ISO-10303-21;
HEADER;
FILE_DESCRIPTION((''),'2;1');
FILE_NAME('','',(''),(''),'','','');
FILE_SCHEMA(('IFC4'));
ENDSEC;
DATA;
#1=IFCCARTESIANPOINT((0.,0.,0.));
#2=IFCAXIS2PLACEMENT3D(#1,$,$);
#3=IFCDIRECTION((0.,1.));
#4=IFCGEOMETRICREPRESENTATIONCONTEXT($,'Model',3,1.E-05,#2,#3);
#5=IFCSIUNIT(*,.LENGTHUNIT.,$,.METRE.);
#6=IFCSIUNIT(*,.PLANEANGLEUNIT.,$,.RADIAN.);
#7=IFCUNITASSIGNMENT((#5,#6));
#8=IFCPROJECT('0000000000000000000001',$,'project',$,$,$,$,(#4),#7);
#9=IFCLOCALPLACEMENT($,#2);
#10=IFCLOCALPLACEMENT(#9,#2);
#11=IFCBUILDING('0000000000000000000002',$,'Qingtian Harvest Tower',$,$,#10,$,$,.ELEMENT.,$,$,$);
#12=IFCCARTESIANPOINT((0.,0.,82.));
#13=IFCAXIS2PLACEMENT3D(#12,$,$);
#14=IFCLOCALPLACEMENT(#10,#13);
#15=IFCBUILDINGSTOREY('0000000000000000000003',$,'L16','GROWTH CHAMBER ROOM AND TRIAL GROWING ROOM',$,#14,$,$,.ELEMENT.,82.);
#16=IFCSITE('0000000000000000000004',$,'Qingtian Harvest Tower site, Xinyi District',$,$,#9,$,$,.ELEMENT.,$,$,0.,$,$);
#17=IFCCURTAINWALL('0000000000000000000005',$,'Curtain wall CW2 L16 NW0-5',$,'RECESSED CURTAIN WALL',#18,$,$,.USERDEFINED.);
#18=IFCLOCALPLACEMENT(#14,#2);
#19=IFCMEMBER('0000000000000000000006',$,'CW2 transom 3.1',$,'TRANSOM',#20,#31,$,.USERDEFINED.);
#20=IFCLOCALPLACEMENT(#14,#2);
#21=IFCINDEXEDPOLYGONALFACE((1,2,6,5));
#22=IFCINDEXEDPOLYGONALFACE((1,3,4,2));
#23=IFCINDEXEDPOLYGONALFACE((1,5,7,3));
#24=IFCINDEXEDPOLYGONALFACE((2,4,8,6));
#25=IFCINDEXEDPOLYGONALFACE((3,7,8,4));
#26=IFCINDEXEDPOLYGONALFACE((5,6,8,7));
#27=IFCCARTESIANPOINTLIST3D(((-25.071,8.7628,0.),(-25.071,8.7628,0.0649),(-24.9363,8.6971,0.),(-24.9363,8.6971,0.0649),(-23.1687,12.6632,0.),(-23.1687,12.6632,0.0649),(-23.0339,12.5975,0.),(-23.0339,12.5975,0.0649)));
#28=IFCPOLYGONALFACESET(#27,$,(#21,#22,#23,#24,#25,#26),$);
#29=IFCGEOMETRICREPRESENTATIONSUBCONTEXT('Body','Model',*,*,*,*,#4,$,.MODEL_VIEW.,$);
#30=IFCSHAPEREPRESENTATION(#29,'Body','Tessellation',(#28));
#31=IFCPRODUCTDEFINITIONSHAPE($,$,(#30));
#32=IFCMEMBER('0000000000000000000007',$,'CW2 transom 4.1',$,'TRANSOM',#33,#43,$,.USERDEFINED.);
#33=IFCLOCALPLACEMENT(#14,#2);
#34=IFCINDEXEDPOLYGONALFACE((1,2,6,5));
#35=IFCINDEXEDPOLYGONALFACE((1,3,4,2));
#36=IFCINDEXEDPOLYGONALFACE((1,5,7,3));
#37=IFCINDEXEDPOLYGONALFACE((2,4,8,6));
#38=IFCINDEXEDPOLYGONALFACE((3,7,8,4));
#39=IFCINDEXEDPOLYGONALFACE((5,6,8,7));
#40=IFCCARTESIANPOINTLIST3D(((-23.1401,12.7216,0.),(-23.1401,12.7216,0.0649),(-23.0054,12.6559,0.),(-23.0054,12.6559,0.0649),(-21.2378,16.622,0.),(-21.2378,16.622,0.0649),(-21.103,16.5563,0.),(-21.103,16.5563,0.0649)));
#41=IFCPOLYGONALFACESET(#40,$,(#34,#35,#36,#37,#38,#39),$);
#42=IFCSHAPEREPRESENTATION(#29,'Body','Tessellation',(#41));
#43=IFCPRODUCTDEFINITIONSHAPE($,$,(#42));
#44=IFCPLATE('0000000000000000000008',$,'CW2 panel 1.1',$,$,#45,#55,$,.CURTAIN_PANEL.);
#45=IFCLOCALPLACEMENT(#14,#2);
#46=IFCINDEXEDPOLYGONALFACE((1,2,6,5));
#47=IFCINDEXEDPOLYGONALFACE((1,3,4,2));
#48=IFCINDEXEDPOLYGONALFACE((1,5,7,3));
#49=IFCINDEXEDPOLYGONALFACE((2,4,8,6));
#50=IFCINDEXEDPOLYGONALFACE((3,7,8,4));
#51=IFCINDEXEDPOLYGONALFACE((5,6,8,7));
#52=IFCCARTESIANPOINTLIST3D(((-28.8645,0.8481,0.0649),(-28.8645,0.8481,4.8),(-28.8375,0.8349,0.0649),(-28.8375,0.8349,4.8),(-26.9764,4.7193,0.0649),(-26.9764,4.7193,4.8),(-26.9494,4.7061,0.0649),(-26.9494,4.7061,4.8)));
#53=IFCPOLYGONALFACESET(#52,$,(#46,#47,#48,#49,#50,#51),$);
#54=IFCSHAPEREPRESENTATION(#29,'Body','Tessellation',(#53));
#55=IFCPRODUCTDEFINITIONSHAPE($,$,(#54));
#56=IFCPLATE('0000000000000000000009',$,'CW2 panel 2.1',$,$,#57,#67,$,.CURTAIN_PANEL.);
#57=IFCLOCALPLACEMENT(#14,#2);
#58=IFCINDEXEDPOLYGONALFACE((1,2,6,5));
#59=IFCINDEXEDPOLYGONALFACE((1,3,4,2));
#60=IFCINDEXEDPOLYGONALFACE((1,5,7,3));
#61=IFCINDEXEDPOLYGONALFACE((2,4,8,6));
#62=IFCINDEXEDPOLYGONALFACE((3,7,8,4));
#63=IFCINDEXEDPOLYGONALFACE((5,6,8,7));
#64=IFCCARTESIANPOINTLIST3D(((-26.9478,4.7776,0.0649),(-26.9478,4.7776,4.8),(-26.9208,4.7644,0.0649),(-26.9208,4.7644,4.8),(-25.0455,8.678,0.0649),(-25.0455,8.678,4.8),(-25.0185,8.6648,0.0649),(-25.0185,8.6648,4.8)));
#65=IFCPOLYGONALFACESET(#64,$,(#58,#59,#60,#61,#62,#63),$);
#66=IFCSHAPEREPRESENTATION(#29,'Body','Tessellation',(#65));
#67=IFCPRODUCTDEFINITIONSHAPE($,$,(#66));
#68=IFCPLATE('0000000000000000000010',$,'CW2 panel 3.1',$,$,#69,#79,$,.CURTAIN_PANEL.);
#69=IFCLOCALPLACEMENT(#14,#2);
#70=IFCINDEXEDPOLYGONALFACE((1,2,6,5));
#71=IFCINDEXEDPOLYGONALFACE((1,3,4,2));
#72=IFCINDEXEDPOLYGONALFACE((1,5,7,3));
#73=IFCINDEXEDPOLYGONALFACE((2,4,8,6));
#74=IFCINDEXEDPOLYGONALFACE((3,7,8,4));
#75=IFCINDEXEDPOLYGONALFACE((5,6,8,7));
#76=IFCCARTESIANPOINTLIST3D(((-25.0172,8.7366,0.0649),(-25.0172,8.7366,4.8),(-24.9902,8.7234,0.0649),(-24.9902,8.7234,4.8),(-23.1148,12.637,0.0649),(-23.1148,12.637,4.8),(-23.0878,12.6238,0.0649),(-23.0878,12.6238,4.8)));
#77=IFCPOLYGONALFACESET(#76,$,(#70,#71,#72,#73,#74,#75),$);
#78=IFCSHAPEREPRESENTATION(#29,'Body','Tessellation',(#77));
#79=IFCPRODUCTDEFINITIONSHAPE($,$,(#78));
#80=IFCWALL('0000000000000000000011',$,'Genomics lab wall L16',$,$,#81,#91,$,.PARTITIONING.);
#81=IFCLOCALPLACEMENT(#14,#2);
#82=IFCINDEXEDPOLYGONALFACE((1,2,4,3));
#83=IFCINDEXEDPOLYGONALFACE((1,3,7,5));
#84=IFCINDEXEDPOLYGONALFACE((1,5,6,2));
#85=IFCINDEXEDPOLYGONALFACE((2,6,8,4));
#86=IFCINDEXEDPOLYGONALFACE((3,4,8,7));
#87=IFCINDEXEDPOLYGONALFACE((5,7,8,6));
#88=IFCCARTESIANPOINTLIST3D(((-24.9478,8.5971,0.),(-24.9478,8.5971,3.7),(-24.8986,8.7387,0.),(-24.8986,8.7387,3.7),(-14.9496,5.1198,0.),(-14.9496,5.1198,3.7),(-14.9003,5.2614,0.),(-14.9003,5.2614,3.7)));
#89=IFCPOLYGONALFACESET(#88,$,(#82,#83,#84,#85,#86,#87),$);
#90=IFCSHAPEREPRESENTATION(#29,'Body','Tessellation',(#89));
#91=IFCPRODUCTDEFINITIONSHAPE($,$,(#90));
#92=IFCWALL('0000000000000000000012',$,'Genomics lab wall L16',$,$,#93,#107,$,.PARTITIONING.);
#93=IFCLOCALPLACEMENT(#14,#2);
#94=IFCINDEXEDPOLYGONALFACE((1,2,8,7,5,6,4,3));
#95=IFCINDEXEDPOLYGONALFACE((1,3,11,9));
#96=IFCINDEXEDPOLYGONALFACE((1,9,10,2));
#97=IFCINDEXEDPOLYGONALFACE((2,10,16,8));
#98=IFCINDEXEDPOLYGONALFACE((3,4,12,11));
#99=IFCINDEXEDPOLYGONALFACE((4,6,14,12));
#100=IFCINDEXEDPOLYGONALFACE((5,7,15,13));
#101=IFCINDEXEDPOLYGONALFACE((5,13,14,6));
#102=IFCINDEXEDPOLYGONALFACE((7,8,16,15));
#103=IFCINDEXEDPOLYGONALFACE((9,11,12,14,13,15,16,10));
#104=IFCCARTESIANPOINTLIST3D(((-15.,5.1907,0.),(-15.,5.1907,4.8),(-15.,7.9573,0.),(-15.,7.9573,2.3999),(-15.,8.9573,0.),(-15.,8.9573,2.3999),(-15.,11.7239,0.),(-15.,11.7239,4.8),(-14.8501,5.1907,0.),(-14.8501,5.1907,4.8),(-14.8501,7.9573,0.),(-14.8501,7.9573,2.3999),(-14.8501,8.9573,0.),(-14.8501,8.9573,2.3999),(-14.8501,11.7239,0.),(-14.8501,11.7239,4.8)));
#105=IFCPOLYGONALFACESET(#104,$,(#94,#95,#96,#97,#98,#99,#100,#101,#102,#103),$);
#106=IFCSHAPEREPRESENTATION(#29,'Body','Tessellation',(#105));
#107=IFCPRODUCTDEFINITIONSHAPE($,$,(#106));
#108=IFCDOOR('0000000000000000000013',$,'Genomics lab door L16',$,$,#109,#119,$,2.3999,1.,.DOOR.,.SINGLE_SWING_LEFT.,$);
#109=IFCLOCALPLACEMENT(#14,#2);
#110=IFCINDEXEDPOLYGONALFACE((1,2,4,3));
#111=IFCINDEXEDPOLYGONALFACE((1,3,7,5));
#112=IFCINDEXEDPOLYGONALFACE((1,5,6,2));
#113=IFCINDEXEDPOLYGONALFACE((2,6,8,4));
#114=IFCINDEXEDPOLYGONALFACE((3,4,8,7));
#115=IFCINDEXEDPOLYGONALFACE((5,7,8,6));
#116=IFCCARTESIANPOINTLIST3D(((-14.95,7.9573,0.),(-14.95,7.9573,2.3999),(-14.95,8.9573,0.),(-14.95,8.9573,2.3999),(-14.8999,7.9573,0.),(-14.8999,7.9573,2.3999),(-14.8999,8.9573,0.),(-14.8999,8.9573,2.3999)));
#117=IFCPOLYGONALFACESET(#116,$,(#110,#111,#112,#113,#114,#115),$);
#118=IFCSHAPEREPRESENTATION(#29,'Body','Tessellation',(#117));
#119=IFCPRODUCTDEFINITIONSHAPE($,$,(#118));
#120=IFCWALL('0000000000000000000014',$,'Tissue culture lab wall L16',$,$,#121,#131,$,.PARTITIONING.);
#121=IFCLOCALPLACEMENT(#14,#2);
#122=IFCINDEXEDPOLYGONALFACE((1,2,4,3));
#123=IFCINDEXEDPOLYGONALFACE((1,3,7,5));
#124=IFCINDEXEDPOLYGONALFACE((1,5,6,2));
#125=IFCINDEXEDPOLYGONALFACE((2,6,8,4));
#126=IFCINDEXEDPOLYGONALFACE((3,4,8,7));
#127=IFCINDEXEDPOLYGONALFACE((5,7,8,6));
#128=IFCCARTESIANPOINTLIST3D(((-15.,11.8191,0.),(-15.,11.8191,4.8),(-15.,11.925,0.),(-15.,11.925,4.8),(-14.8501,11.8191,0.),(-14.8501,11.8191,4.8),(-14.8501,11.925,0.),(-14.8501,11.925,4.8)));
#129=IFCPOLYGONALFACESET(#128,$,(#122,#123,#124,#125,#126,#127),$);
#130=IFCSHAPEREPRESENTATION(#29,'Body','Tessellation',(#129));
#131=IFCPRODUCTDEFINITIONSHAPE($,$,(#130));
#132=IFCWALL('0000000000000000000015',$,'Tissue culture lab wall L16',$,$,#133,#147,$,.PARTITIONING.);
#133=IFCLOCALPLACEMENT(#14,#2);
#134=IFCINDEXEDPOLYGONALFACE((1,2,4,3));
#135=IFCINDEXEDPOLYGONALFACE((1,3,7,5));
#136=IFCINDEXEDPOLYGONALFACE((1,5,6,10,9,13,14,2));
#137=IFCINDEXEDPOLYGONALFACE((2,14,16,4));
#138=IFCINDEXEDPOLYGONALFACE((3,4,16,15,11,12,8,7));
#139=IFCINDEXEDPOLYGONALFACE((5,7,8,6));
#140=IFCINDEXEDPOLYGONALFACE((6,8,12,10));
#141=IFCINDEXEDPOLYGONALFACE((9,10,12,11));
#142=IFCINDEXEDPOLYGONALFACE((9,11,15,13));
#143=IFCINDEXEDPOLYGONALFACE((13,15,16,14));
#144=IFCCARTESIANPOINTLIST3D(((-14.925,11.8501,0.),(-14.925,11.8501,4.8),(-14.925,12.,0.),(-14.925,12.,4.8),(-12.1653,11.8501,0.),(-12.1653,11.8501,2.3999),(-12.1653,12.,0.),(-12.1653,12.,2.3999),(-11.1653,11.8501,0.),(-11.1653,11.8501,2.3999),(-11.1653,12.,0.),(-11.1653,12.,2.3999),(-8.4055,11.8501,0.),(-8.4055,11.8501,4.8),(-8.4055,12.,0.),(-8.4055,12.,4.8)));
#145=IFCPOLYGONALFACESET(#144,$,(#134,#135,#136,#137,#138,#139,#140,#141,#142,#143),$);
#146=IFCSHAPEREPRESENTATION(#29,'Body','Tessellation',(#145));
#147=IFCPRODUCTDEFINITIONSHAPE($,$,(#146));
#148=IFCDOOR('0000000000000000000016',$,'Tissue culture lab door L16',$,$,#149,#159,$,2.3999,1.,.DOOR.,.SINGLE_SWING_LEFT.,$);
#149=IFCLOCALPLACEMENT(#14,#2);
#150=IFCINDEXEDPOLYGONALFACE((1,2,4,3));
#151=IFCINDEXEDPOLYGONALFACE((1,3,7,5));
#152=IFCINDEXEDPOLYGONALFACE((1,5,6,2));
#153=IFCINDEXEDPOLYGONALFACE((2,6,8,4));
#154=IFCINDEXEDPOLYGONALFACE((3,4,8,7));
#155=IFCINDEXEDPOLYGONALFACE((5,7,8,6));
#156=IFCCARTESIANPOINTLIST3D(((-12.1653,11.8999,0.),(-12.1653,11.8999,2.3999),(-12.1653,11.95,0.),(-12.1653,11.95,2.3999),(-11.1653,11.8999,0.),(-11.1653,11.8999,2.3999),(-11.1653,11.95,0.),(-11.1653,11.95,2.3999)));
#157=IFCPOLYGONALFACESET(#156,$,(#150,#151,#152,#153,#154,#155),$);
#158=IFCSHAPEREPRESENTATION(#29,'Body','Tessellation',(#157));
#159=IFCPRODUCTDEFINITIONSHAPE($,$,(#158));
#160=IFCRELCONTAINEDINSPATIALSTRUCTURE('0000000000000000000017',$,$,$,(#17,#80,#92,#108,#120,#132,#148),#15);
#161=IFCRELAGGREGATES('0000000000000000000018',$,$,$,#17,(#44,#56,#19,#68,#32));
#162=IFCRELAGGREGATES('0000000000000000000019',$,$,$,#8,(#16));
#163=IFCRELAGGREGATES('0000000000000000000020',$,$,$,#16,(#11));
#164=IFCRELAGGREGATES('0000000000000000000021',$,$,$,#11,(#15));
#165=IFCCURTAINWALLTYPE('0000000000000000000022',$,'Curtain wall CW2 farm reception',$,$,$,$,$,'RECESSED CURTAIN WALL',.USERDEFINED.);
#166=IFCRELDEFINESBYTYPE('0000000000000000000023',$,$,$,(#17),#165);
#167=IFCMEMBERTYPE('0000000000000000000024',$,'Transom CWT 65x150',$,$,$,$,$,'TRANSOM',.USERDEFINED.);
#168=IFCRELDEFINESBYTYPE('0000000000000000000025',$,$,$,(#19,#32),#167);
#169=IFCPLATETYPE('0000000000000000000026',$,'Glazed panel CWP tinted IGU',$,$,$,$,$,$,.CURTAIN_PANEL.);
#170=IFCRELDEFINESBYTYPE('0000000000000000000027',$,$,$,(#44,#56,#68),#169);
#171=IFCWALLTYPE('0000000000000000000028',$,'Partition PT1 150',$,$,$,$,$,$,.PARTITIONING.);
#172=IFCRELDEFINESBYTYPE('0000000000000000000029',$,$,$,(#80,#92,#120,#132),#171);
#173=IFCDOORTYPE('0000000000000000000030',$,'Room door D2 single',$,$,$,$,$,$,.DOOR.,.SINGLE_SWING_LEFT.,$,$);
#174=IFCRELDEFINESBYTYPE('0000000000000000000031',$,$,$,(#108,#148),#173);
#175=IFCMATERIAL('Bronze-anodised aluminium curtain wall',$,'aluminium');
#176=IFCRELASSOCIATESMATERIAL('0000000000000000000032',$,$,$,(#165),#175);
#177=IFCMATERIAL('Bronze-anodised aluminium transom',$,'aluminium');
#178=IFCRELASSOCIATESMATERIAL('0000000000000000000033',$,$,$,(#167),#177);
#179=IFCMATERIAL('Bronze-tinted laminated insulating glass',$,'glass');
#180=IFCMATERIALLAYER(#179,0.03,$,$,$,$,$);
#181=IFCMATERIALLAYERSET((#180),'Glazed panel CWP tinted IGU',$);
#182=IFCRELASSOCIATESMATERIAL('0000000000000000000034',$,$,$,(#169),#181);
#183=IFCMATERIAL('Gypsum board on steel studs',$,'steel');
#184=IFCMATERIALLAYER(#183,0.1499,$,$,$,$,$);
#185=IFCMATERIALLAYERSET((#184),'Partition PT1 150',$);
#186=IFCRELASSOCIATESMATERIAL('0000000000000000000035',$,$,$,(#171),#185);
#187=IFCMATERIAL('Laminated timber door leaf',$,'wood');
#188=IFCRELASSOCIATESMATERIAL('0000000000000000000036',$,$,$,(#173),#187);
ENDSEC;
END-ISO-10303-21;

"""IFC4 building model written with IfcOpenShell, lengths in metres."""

from ifc_helpers import new_model, si_unit, direction, frame, frame_2d, origin, origin_2d, place, context, subcontext, project, spatial, rectangle, extrude, material, layer, layer_set, material_profile, profile_set, type_object, element, fill, aggregate, save


model = new_model("IFC4")

# Units and contexts
model_context = context("Model", 3, precision=1e-05, world=origin(), true_north=direction((0.0, 1.0)))
body_context = subcontext(model_context, "Body", "Model", "MODEL_VIEW")
ifc_project = project(units=[si_unit("LENGTHUNIT", "METRE"), si_unit("PLANEANGLEUNIT", "RADIAN")], contexts=[model_context])

# Site, building, storey
site_placement = place(None, origin())
site = spatial("IfcSite", under=ifc_project, at=site_placement, Name="Qingtian Harvest Tower site, Xinyi District", CompositionType="ELEMENT", RefElevation=0.0)
building_placement = place(site_placement, origin())
building = spatial("IfcBuilding", under=site, at=building_placement, Name="Qingtian Harvest Tower", CompositionType="ELEMENT")
storey_placement = place(building_placement, frame((0.0, 0.0, 82.0)))
storey = spatial("IfcBuildingStorey", under=building, at=storey_placement, Name="L16", Description="GROWTH CHAMBER ROOM AND TRIAL GROWING ROOM", CompositionType="ELEMENT", Elevation=82.0)

# Shared definitions
ifc_material_1 = material(Name="Bronze-anodised aluminium curtain wall", Category="aluminium")
curtain_wall_type = type_object("IfcCurtainWallType", Name="Curtain wall CW2 farm reception", ElementType="RECESSED CURTAIN WALL", PredefinedType="USERDEFINED", material=ifc_material_1)

# Curtain wall
curtain_wall_1_placement = place(storey_placement, origin())
curtain_wall_1 = element("IfcCurtainWall", 1, at=curtain_wall_1_placement, inside=storey, type_object=curtain_wall_type, Name="Curtain wall CW2 L16 NW0-5", ObjectType="RECESSED CURTAIN WALL", PredefinedType="USERDEFINED")

# Members
ifc_material_2 = material(Name="Bronze-anodised aluminium transom", Category="aluminium")
ifc_material_profile_1 = material_profile(ifc_material_2, rectangle(XDim=0.1499, YDim=0.0649, at=origin_2d()), Name="AL 65x150")
ifc_profile_set_1 = profile_set([ifc_material_profile_1], Name="Bronze-anodised aluminium transom")
member_type_1 = type_object("IfcMemberType", Name="Transom CWT 65x150", ElementType="TRANSOM", PredefinedType="USERDEFINED", material=ifc_profile_set_1)
member_1_placement = place(storey_placement, frame((-25.0037, 8.73, 0.0325), z_axis=(0.43837, 0.898794, 0.0), x_axis=(-0.898794, 0.43837, 0.0)))
member_1 = element("IfcMember", 2, at=member_1_placement, type_object=member_type_1, Name="CW2 transom 3.1", ObjectType="TRANSOM", PredefinedType="USERDEFINED", context=body_context, shape_type="SweptSolid", body=[
    extrude(rectangle(XDim=0.1499, YDim=0.0649, at=origin_2d()), origin(), (0.0, 0.0, 1.0), 4.3396),
])
member_2_placement = place(storey_placement, frame((-23.0728, 12.6887, 0.0325), z_axis=(0.43837, 0.898794, 0.0), x_axis=(-0.898794, 0.43837, 0.0)))
member_2 = element("IfcMember", 3, at=member_2_placement, type_object=member_type_1, Name="CW2 transom 4.1", ObjectType="TRANSOM", PredefinedType="USERDEFINED", context=body_context, shape_type="SweptSolid", body=[
    extrude(rectangle(XDim=0.1499, YDim=0.0649, at=origin_2d()), origin(), (0.0, 0.0, 1.0), 4.3396),
])

# Plates
ifc_material_3 = material(Name="Bronze-tinted laminated insulating glass", Category="glass")
ifc_layer_1 = layer(ifc_material_3, 0.03)
ifc_layer_set_1 = layer_set([ifc_layer_1], Name="Glazed panel CWP tinted IGU")
plate_type = type_object("IfcPlateType", Name="Glazed panel CWP tinted IGU", PredefinedType="CURTAIN_PANEL", material=ifc_layer_set_1)
plate_1_placement = place(storey_placement, frame((-27.907, 2.7771, 0.0649), z_axis=(0.0, 0.0, 1.0), x_axis=(0.438371, 0.898794, 0.0)))
plate_1 = element("IfcPlate", 4, at=plate_1_placement, type_object=plate_type, Name="CW2 panel 1.1", PredefinedType="CURTAIN_PANEL", context=body_context, shape_type="SweptSolid", body=[
    extrude(rectangle(XDim=4.3071, YDim=0.03, at=origin_2d()), origin(), (0.0, 0.0, 1.0), 4.7351),
])
plate_2_placement = place(storey_placement, frame((-25.9832, 6.7212, 0.0649), z_axis=(0.0, 0.0, 1.0), x_axis=(0.438371, 0.898794, 0.0)))
plate_2 = element("IfcPlate", 5, at=plate_2_placement, type_object=plate_type, Name="CW2 panel 2.1", PredefinedType="CURTAIN_PANEL", context=body_context, shape_type="SweptSolid", body=[
    extrude(rectangle(XDim=4.3396, YDim=0.03, at=origin_2d()), origin(), (0.0, 0.0, 1.0), 4.7351),
])
plate_3_placement = place(storey_placement, frame((-24.0525, 10.6802, 0.0649), z_axis=(0.0, 0.0, 1.0), x_axis=(0.438371, 0.898794, 0.0)))
plate_3 = element("IfcPlate", 6, at=plate_3_placement, type_object=plate_type, Name="CW2 panel 3.1", PredefinedType="CURTAIN_PANEL", context=body_context, shape_type="SweptSolid", body=[
    extrude(rectangle(XDim=4.3396, YDim=0.03, at=origin_2d()), origin(), (0.0, 0.0, 1.0), 4.7351),
])
aggregate(curtain_wall_1, [plate_1, plate_2, member_1, plate_3, member_2])

# Wall
ifc_material_4 = material(Name="Gypsum board on steel studs", Category="steel")
ifc_layer_2 = layer(ifc_material_4, 0.1499)
ifc_layer_set_2 = layer_set([ifc_layer_2], Name="Partition PT1 150")
wall_type = type_object("IfcWallType", Name="Partition PT1 150", PredefinedType="PARTITIONING", material=ifc_layer_set_2)
wall_1_placement = place(storey_placement, frame((-24.9233, 8.668, 0.0), z_axis=(0.0, 0.0, 1.0), x_axis=(0.944508, -0.328489, 0.0)))
element("IfcWall", 7, at=wall_1_placement, inside=storey, type_object=wall_type, Name="Genomics lab wall L16", PredefinedType="PARTITIONING", context=body_context, shape_type="SweptSolid", body=[
    extrude(rectangle(XDim=10.5857, YDim=0.1499, at=frame_2d((5.293, 0.0))), origin(), (0.0, 0.0, 1.0), 3.7),
])

# Wall, opening, door
wall_2_placement = place(storey_placement, frame((-14.925, 5.1907, 0.0), z_axis=(0.0, 0.0, 1.0), x_axis=(0.0, 1.0, 0.0)))
wall_2 = element("IfcWall", 8, at=wall_2_placement, inside=storey, type_object=wall_type, Name="Genomics lab wall L16", PredefinedType="PARTITIONING", context=body_context, shape_type="SweptSolid", body=[
    extrude(rectangle(XDim=6.5332, YDim=0.1499, at=frame_2d((3.2666, 0.0))), origin(), (0.0, 0.0, 1.0), 4.8),
])
opening_1_placement = place(wall_2_placement, frame((2.7666, 0.0, 0.0)))
opening_1 = element("IfcOpeningElement", 9, at=opening_1_placement, cuts=wall_2, PredefinedType="OPENING", context=body_context, shape_type="SweptSolid", body=[
    extrude(rectangle(XDim=1.0, YDim=2.3999, at=frame_2d((0.5, 1.2))), frame((0.0, 0.085, 0.0), z_axis=(0.0, -1.0, 0.0), x_axis=(1.0, 0.0, 0.0)), (0.0, 0.0, 1.0), 0.1699),
])
ifc_material_5 = material(Name="Laminated timber door leaf", Category="wood")
door_type = type_object("IfcDoorType", Name="Room door D2 single", OperationType="SINGLE_SWING_LEFT", PredefinedType="DOOR", material=ifc_material_5)
door_1_placement = place(opening_1_placement, origin())
door_1 = element("IfcDoor", 10, at=door_1_placement, inside=storey, type_object=door_type, Name="Genomics lab door L16", OperationType="SINGLE_SWING_LEFT", OverallHeight=2.3999, OverallWidth=1.0, PredefinedType="DOOR", context=body_context, shape_type="SweptSolid", body=[
    extrude(rectangle(XDim=1.0, YDim=2.3999, at=frame_2d((0.5, 1.2))), frame((0.0, 0.0249, 0.0), z_axis=(0.0, -1.0, 0.0), x_axis=(1.0, 0.0, 0.0)), (0.0, 0.0, 1.0), 0.05),
])
fill(opening_1, door_1)

# Wall
wall_3_placement = place(storey_placement, frame((-14.925, 11.8191, 0.0), z_axis=(0.0, 0.0, 1.0), x_axis=(0.0, 1.0, 0.0)))
element("IfcWall", 11, at=wall_3_placement, inside=storey, type_object=wall_type, Name="Tissue culture lab wall L16", PredefinedType="PARTITIONING", context=body_context, shape_type="SweptSolid", body=[
    extrude(rectangle(XDim=0.106, YDim=0.1499, at=frame_2d((0.053, 0.0))), origin(), (0.0, 0.0, 1.0), 4.8),
])

# Wall, opening, door
wall_4_placement = place(storey_placement, frame((-14.925, 11.925, 0.0), z_axis=(0.0, 0.0, 1.0), x_axis=(1.0, 0.0, 0.0)))
wall_4 = element("IfcWall", 12, at=wall_4_placement, inside=storey, type_object=wall_type, Name="Tissue culture lab wall L16", PredefinedType="PARTITIONING", context=body_context, shape_type="SweptSolid", body=[
    extrude(rectangle(XDim=6.5195, YDim=0.1499, at=frame_2d((3.2598, 0.0))), origin(), (0.0, 0.0, 1.0), 4.8),
])
opening_2_placement = place(wall_4_placement, frame((2.7598, 0.0, 0.0)))
opening_2 = element("IfcOpeningElement", 13, at=opening_2_placement, cuts=wall_4, PredefinedType="OPENING", context=body_context, shape_type="SweptSolid", body=[
    extrude(rectangle(XDim=1.0, YDim=2.3999, at=frame_2d((0.5, 1.2))), frame((0.0, 0.085, 0.0), z_axis=(0.0, -1.0, 0.0), x_axis=(1.0, 0.0, 0.0)), (0.0, 0.0, 1.0), 0.1699),
])
door_2_placement = place(opening_2_placement, origin())
door_2 = element("IfcDoor", 14, at=door_2_placement, inside=storey, type_object=door_type, Name="Tissue culture lab door L16", OperationType="SINGLE_SWING_LEFT", OverallHeight=2.3999, OverallWidth=1.0, PredefinedType="DOOR", context=body_context, shape_type="SweptSolid", body=[
    extrude(rectangle(XDim=1.0, YDim=2.3999, at=frame_2d((0.5, 1.2))), frame((0.0, 0.0249, 0.0), z_axis=(0.0, -1.0, 0.0), x_axis=(1.0, 0.0, 0.0)), (0.0, 0.0, 1.0), 0.05),
])
fill(opening_2, door_2)

save(model, "model.ifc")
